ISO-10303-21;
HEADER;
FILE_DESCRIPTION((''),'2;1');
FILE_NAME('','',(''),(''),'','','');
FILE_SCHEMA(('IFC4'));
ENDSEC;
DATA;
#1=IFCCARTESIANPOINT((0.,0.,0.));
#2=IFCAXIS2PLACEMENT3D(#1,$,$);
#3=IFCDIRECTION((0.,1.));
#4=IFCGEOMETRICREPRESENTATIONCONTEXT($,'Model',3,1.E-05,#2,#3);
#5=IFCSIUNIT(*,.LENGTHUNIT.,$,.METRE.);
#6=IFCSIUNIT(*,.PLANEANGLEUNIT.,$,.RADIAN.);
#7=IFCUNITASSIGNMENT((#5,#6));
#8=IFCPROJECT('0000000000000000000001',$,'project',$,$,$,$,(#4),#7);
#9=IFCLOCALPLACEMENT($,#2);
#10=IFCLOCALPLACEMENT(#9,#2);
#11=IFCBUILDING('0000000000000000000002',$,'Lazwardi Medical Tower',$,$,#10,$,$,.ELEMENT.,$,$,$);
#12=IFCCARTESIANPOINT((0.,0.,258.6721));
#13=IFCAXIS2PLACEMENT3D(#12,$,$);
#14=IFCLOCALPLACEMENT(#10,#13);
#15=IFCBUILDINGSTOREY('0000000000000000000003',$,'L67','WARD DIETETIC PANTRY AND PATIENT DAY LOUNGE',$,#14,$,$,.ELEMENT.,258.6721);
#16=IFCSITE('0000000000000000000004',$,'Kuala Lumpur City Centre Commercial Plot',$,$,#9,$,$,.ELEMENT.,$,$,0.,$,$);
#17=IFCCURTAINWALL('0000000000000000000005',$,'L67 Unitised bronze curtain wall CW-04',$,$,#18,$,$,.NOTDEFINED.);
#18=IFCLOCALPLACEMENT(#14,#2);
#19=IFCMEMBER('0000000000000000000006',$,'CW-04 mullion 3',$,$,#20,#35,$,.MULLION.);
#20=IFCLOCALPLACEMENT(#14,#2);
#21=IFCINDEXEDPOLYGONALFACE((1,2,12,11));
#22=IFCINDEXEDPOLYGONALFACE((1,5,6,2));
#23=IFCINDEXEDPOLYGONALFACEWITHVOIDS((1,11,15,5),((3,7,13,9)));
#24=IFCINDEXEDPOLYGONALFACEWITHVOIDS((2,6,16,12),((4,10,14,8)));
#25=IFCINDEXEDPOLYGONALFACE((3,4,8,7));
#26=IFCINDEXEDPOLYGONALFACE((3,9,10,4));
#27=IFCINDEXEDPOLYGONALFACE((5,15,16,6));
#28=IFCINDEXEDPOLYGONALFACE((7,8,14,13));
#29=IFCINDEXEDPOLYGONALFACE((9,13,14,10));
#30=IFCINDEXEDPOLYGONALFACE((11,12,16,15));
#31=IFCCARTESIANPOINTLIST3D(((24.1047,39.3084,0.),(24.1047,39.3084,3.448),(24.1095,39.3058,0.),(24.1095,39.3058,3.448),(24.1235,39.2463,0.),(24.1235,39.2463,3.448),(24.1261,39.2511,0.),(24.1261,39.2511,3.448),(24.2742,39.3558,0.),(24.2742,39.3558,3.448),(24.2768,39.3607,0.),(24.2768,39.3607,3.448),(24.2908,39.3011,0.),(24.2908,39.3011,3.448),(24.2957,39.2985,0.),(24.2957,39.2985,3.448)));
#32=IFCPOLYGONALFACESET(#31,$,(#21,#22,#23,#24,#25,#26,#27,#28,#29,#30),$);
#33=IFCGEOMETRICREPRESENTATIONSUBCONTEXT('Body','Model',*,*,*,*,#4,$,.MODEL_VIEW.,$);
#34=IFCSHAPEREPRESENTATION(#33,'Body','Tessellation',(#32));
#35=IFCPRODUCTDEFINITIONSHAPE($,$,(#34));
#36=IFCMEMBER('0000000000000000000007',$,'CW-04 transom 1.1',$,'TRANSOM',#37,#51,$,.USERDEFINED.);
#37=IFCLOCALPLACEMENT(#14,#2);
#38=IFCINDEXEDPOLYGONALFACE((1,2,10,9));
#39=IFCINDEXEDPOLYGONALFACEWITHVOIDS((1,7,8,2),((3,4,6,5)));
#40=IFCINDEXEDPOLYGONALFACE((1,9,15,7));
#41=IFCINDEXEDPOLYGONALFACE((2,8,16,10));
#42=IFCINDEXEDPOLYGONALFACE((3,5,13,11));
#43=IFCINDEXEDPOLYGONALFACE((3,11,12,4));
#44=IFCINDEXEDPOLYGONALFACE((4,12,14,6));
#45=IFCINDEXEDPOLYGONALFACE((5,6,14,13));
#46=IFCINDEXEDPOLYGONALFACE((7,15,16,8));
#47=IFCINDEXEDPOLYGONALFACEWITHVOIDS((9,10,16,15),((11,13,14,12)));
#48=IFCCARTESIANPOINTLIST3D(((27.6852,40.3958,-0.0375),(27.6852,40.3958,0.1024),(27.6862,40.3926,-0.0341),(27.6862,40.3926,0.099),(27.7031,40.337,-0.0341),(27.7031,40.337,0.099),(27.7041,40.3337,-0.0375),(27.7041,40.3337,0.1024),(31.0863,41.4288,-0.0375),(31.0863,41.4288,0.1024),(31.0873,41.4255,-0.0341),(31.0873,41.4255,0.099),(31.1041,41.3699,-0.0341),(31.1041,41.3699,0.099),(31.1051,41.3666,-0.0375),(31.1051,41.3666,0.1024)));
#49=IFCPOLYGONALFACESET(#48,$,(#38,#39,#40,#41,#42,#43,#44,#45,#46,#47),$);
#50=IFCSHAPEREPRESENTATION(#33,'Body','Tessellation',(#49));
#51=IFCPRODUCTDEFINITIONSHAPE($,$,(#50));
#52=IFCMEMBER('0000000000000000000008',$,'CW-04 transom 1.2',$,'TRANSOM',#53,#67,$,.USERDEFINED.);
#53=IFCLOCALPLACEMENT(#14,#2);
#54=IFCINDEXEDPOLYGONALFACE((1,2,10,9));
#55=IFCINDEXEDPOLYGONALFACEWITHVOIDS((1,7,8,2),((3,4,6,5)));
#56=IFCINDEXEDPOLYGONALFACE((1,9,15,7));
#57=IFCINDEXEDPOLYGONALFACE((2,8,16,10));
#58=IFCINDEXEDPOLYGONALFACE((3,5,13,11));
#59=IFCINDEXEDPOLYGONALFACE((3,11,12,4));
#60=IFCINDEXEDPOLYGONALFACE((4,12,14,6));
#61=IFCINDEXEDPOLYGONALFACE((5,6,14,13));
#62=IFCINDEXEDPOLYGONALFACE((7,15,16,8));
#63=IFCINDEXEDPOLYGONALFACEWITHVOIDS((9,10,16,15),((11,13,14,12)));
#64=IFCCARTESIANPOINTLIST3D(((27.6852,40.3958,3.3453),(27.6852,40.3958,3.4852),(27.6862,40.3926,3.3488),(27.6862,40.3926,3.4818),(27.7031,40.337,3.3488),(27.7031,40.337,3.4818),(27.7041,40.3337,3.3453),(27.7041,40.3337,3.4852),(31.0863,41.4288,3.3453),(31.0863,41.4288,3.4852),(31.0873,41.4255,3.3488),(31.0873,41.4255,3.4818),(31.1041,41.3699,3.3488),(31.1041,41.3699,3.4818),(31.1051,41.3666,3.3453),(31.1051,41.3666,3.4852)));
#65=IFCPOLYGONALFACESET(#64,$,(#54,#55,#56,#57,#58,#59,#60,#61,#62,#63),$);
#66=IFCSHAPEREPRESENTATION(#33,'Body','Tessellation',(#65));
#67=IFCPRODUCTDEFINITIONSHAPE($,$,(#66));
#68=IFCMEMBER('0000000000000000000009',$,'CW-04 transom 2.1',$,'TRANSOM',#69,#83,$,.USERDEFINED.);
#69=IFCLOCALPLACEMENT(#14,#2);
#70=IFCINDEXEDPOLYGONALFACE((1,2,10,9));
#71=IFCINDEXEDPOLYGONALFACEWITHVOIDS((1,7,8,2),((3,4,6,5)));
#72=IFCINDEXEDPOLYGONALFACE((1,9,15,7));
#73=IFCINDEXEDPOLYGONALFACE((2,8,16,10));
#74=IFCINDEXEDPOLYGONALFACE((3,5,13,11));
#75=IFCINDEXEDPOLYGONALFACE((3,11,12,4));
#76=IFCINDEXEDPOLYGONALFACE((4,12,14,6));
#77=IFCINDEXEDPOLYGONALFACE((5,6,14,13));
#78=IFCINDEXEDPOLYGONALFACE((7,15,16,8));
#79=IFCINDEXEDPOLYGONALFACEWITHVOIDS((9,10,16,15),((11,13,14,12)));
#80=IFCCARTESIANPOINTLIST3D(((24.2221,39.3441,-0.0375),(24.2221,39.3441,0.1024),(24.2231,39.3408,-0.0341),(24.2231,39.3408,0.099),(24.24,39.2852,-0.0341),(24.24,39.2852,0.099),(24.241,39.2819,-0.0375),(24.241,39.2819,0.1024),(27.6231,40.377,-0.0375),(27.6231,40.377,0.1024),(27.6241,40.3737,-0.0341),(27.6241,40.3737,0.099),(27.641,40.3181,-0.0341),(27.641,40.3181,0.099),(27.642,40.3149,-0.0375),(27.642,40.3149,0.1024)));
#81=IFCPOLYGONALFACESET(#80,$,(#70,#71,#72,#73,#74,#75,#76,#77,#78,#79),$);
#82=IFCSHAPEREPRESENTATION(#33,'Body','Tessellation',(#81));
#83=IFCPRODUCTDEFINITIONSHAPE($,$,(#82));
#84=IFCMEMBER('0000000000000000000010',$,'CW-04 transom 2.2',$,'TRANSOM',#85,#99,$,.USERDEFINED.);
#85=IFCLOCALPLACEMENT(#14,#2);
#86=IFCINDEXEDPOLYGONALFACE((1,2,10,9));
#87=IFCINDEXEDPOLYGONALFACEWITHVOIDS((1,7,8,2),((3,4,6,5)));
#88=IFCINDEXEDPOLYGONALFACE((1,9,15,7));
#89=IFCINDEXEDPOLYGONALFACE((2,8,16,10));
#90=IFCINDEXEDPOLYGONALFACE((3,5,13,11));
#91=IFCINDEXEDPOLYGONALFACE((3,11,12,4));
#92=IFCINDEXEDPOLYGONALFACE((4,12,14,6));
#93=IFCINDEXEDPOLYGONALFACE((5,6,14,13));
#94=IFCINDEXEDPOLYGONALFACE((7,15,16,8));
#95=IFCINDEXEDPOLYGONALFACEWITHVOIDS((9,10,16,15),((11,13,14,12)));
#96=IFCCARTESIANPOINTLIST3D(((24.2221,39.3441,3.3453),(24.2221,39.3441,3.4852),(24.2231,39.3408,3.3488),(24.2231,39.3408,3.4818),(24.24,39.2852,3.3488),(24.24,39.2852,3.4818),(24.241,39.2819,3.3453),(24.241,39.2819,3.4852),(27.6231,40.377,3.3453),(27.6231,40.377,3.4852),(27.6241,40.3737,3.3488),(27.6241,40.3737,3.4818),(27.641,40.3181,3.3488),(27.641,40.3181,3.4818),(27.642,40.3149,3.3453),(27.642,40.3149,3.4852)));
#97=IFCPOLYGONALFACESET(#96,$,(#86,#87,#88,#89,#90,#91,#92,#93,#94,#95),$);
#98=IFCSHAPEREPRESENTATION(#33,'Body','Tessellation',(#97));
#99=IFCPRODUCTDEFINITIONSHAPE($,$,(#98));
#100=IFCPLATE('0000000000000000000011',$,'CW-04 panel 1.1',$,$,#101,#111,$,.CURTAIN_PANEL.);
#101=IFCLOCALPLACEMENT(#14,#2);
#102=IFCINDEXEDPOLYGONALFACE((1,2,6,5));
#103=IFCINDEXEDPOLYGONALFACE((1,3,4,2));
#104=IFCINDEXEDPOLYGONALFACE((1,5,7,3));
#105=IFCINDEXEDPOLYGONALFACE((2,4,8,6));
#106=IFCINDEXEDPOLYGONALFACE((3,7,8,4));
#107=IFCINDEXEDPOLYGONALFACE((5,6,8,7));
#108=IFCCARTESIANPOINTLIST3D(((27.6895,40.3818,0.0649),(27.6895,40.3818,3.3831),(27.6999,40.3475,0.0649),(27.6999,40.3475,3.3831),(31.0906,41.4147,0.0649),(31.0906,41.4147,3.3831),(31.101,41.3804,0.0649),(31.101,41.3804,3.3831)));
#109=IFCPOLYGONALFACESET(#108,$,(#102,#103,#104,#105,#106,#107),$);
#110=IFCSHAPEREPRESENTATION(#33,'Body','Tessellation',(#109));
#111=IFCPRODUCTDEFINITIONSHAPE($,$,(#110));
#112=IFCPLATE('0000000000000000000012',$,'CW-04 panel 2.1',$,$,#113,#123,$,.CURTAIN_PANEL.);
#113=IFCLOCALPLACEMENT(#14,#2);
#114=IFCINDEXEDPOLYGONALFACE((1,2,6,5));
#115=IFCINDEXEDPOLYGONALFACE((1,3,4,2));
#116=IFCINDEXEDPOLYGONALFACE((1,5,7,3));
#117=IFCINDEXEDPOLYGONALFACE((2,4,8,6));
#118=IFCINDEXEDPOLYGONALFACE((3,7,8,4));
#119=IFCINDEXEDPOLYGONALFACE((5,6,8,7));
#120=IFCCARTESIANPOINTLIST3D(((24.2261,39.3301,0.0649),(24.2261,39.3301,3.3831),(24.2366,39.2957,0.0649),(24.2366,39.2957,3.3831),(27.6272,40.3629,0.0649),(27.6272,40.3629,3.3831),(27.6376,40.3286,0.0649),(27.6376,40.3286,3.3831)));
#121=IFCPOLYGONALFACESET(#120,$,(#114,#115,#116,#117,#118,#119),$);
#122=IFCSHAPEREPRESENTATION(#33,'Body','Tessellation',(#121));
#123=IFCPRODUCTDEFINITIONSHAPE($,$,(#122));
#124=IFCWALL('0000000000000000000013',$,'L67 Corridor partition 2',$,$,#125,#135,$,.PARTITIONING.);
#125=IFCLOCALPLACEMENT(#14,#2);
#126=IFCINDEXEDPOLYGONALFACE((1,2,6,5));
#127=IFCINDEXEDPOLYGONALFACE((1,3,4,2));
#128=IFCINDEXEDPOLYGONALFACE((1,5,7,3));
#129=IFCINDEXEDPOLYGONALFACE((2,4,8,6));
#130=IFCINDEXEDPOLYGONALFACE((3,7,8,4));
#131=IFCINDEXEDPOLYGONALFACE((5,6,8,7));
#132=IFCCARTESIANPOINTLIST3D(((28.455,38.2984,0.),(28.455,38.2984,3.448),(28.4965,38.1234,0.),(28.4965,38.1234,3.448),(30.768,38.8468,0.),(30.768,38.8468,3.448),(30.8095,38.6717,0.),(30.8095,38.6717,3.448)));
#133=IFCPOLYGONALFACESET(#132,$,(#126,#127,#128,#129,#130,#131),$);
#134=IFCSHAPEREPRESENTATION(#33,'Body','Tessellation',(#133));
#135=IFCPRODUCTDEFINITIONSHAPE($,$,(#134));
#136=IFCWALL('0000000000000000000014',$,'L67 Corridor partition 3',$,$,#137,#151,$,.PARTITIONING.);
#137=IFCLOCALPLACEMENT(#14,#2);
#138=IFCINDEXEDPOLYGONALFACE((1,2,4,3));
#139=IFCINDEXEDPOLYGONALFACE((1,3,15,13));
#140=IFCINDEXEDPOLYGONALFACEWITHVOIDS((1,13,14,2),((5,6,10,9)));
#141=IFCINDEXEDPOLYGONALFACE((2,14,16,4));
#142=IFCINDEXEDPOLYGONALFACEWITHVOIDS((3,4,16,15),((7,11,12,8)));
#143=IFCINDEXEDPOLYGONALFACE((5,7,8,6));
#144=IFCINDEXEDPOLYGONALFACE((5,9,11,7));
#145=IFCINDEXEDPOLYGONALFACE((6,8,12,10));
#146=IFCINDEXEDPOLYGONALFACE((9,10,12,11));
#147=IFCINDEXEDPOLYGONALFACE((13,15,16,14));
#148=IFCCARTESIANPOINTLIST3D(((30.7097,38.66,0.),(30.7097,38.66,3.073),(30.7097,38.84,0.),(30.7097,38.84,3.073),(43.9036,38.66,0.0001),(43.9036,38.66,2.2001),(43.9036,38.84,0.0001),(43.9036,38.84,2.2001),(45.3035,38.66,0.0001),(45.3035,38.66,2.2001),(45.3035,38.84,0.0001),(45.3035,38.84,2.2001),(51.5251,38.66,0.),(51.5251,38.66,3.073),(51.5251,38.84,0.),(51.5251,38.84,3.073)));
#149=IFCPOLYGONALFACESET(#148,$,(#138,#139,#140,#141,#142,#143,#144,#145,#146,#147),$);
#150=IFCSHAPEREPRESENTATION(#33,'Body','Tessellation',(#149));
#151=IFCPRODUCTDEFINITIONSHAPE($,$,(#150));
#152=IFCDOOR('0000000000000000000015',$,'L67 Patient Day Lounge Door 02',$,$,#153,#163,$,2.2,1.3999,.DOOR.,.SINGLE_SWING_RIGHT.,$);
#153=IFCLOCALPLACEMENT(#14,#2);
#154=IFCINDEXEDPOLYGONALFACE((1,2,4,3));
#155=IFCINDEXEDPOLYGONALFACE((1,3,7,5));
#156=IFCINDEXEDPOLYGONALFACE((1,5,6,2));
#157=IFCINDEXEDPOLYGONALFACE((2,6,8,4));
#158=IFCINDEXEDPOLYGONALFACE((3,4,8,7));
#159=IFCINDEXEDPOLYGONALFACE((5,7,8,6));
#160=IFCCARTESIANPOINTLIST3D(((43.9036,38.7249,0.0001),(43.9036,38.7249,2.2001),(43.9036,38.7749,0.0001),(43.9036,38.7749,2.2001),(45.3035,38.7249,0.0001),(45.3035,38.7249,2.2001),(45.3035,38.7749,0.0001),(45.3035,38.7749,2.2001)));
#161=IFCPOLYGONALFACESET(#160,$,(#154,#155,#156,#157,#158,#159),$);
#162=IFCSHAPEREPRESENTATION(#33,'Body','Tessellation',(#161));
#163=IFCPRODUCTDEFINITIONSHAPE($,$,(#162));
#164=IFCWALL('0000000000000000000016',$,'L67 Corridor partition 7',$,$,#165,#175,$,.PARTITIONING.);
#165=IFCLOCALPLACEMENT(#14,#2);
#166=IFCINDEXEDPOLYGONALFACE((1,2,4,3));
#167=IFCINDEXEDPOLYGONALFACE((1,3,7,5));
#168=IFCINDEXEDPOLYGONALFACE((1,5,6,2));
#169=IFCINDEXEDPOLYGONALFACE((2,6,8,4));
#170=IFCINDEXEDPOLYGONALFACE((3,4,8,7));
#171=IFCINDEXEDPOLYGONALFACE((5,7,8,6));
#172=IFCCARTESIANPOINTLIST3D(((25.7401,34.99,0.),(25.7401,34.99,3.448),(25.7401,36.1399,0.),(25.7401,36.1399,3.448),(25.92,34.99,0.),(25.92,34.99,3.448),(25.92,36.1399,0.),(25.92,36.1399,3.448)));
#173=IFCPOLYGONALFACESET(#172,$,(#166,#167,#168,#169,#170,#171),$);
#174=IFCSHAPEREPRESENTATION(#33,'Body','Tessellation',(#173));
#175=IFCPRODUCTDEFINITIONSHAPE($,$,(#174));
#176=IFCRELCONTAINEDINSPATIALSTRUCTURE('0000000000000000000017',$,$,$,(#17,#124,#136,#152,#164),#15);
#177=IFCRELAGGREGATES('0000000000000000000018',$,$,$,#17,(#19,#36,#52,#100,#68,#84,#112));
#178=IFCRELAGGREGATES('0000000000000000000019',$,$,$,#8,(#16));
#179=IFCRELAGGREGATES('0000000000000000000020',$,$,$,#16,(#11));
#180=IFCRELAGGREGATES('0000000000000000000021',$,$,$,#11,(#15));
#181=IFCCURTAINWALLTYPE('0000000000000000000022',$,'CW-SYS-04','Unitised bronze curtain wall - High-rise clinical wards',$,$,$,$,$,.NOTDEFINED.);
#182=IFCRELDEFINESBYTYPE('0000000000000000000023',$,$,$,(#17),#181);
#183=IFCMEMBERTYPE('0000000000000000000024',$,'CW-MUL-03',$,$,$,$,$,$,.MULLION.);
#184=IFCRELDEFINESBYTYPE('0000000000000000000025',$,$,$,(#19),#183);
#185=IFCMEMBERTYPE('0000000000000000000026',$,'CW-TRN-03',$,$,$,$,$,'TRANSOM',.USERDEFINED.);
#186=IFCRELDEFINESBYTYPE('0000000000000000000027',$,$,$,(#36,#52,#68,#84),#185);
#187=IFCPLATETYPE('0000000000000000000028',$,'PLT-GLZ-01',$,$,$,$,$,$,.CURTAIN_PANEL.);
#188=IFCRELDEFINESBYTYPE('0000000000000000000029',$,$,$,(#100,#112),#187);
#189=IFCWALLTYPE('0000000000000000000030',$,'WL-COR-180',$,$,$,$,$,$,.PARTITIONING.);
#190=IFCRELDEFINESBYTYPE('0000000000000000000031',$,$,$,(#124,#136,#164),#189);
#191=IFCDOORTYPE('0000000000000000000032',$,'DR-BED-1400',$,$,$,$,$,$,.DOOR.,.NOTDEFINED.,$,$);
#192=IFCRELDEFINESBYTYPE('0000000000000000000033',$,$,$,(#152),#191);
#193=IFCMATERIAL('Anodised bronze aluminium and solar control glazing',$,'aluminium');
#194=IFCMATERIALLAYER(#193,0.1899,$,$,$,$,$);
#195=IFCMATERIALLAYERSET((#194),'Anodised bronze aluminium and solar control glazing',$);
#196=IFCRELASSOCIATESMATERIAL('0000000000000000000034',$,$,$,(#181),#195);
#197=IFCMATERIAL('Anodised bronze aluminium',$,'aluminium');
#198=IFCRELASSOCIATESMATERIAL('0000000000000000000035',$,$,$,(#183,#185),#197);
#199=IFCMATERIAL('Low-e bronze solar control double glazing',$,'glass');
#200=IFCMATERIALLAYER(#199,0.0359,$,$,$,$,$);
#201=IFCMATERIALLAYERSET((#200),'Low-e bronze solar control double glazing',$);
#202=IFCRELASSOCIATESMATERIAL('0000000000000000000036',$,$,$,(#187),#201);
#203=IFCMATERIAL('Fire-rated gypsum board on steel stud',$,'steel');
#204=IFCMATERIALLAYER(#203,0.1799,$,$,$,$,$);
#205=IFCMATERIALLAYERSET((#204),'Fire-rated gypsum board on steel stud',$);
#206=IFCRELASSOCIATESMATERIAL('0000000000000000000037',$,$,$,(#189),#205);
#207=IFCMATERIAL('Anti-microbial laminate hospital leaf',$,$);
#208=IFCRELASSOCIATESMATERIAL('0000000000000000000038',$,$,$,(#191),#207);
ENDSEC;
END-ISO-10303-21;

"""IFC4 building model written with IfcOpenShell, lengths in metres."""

from ifc_helpers import new_model, si_unit, direction, frame, frame_2d, origin, origin_2d, place, context, subcontext, project, spatial, rectangle, hollow_rectangle, extrude, material, layer, layer_set, material_profile, profile_set, type_object, element, fill, aggregate, save


model = new_model("IFC4")

# Units and contexts
model_context = context("Model", 3, precision=1e-05, world=origin(), true_north=direction((0.0, 1.0)))
body_context = subcontext(model_context, "Body", "Model", "MODEL_VIEW")
ifc_project = project(units=[si_unit("LENGTHUNIT", "METRE"), si_unit("PLANEANGLEUNIT", "RADIAN")], contexts=[model_context])

# Site, building, storey
site_placement = place(None, origin())
site = spatial("IfcSite", under=ifc_project, at=site_placement, Name="Kuala Lumpur City Centre Commercial Plot", CompositionType="ELEMENT", RefElevation=0.0)
building_placement = place(site_placement, origin())
building = spatial("IfcBuilding", under=site, at=building_placement, Name="Lazwardi Medical Tower", CompositionType="ELEMENT")
storey_placement = place(building_placement, frame((0.0, 0.0, 258.6721)))
storey = spatial("IfcBuildingStorey", under=building, at=storey_placement, Name="L67", Description="WARD DIETETIC PANTRY AND PATIENT DAY LOUNGE", CompositionType="ELEMENT", Elevation=258.6721)

# Curtain wall, members, plates
ifc_material_1 = material(Name="Anodised bronze aluminium and solar control glazing", Category="aluminium")
ifc_layer_1 = layer(ifc_material_1, 0.1899)
ifc_layer_set_1 = layer_set([ifc_layer_1], Name="Anodised bronze aluminium and solar control glazing")
curtain_wall_type = type_object("IfcCurtainWallType", Name="CW-SYS-04", Description="Unitised bronze curtain wall - High-rise clinical wards", PredefinedType="NOTDEFINED", material=ifc_layer_set_1)
curtain_wall_placement = place(storey_placement, origin())
curtain_wall = element("IfcCurtainWall", 1, at=curtain_wall_placement, inside=storey, type_object=curtain_wall_type, Name="L67 Unitised bronze curtain wall CW-04", PredefinedType="NOTDEFINED")
ifc_material_2 = material(Name="Anodised bronze aluminium", Category="aluminium")
ifc_material_profile_1 = material_profile(ifc_material_2, hollow_rectangle(XDim=0.0649, YDim=0.1799, WallThickness=0.0039, at=origin_2d()), Name="ALU-MULLION 180x65x4")
ifc_profile_set_1 = profile_set([ifc_material_profile_1], Name="Anodised bronze aluminium")
member_type_1 = type_object("IfcMemberType", Name="CW-MUL-03", PredefinedType="MULLION", material=ifc_profile_set_1)
member_1_placement = place(storey_placement, frame((24.2002, 39.3035, 0.0), z_axis=(0.0, 0.0, 1.0), x_axis=(0.290582, -0.95685, 0.0)))
member_1 = element("IfcMember", 2, at=member_1_placement, type_object=member_type_1, Name="CW-04 mullion 3", PredefinedType="MULLION", context=body_context, shape_type="SweptSolid", body=[
    extrude(hollow_rectangle(XDim=0.0649, YDim=0.1799, WallThickness=0.0039, at=origin_2d()), origin(), (0.0, 0.0, 1.0), 3.448),
])
ifc_material_profile_2 = material_profile(ifc_material_2, hollow_rectangle(XDim=0.0649, YDim=0.1399, WallThickness=0.0034, at=origin_2d()), Name="ALU-TRANSOM 140x65x3.5")
ifc_profile_set_2 = profile_set([ifc_material_profile_2], Name="Anodised bronze aluminium")
member_type_2 = type_object("IfcMemberType", Name="CW-TRN-03", ElementType="TRANSOM", PredefinedType="USERDEFINED", material=ifc_profile_set_2)
member_2_placement = place(storey_placement, frame((31.0957, 41.3977, 0.0325), z_axis=(-0.956843, -0.290604, 0.0), x_axis=(0.290604, -0.956843, 0.0)))
member_2 = element("IfcMember", 3, at=member_2_placement, type_object=member_type_2, Name="CW-04 transom 1.1", ObjectType="TRANSOM", PredefinedType="USERDEFINED", context=body_context, shape_type="SweptSolid", body=[
    extrude(hollow_rectangle(XDim=0.0649, YDim=0.1399, WallThickness=0.0034, at=origin_2d()), origin(), (0.0, 0.0, 1.0), 3.5544),
])
member_3_placement = place(storey_placement, frame((31.0957, 41.3977, 3.4153), z_axis=(-0.956843, -0.290604, 0.0), x_axis=(0.290604, -0.956843, 0.0)))
member_3 = element("IfcMember", 4, at=member_3_placement, type_object=member_type_2, Name="CW-04 transom 1.2", ObjectType="TRANSOM", PredefinedType="USERDEFINED", context=body_context, shape_type="SweptSolid", body=[
    extrude(hollow_rectangle(XDim=0.0649, YDim=0.1399, WallThickness=0.0034, at=origin_2d()), origin(), (0.0, 0.0, 1.0), 3.5544),
])
member_4_placement = place(storey_placement, frame((27.6326, 40.3459, 0.0325), z_axis=(-0.956843, -0.290604, 0.0), x_axis=(0.290604, -0.956843, 0.0)))
member_4 = element("IfcMember", 5, at=member_4_placement, type_object=member_type_2, Name="CW-04 transom 2.1", ObjectType="TRANSOM", PredefinedType="USERDEFINED", context=body_context, shape_type="SweptSolid", body=[
    extrude(hollow_rectangle(XDim=0.0649, YDim=0.1399, WallThickness=0.0034, at=origin_2d()), origin(), (0.0, 0.0, 1.0), 3.5544),
])
member_5_placement = place(storey_placement, frame((27.6326, 40.3459, 3.4153), z_axis=(-0.956843, -0.290604, 0.0), x_axis=(0.290604, -0.956843, 0.0)))
member_5 = element("IfcMember", 6, at=member_5_placement, type_object=member_type_2, Name="CW-04 transom 2.2", ObjectType="TRANSOM", PredefinedType="USERDEFINED", context=body_context, shape_type="SweptSolid", body=[
    extrude(hollow_rectangle(XDim=0.0649, YDim=0.1399, WallThickness=0.0034, at=origin_2d()), origin(), (0.0, 0.0, 1.0), 3.5544),
])
ifc_material_3 = material(Name="Low-e bronze solar control double glazing", Category="glass")
ifc_layer_2 = layer(ifc_material_3, 0.0359)
ifc_layer_set_2 = layer_set([ifc_layer_2], Name="Low-e bronze solar control double glazing")
plate_type = type_object("IfcPlateType", Name="PLT-GLZ-01", PredefinedType="CURTAIN_PANEL", material=ifc_layer_set_2)
plate_1_placement = place(storey_placement, frame((29.3953, 40.8811, 0.0649), z_axis=(0.0, 0.0, 1.0), x_axis=(-0.95685, -0.290582, 0.0)))
plate_1 = element("IfcPlate", 7, at=plate_1_placement, type_object=plate_type, Name="CW-04 panel 1.1", PredefinedType="CURTAIN_PANEL", context=body_context, shape_type="SweptSolid", body=[
    extrude(rectangle(XDim=3.5544, YDim=0.0359, at=origin_2d()), origin(), (0.0, 0.0, 1.0), 3.3181),
])
plate_2_placement = place(storey_placement, frame((25.9319, 39.8293, 0.0649), z_axis=(0.0, 0.0, 1.0), x_axis=(-0.95685, -0.290582, 0.0)))
plate_2 = element("IfcPlate", 8, at=plate_2_placement, type_object=plate_type, Name="CW-04 panel 2.1", PredefinedType="CURTAIN_PANEL", context=body_context, shape_type="SweptSolid", body=[
    extrude(rectangle(XDim=3.5544, YDim=0.0359, at=origin_2d()), origin(), (0.0, 0.0, 1.0), 3.3181),
])
aggregate(curtain_wall, [member_1, member_2, member_3, plate_1, member_4, member_5, plate_2])

# Wall
ifc_material_4 = material(Name="Fire-rated gypsum board on steel stud", Category="steel")
ifc_layer_3 = layer(ifc_material_4, 0.1799)
ifc_layer_set_3 = layer_set([ifc_layer_3], Name="Fire-rated gypsum board on steel stud")
wall_type = type_object("IfcWallType", Name="WL-COR-180", PredefinedType="PARTITIONING", material=ifc_layer_set_3)
wall_1_placement = place(storey_placement, frame((28.4758, 38.2109, 0.0), z_axis=(0.0, 0.0, 1.0), x_axis=(0.973031, 0.230676, 0.0)))
element("IfcWall", 9, at=wall_1_placement, inside=storey, type_object=wall_type, Name="L67 Corridor partition 2", PredefinedType="PARTITIONING", context=body_context, shape_type="SweptSolid", body=[
    extrude(rectangle(XDim=2.3772, YDim=0.1799, at=frame_2d((1.1885, 0.0))), origin(), (0.0, 0.0, 1.0), 3.448),
])

# Wall, opening, door
wall_2_placement = place(storey_placement, frame((30.7097, 38.75, 0.0), z_axis=(0.0, 0.0, 1.0), x_axis=(1.0, 0.0, 0.0)))
wall_2 = element("IfcWall", 10, at=wall_2_placement, inside=storey, type_object=wall_type, Name="L67 Corridor partition 3", PredefinedType="PARTITIONING", context=body_context, shape_type="SweptSolid", body=[
    extrude(rectangle(XDim=20.8154, YDim=0.1799, at=frame_2d((10.4077, 0.0))), origin(), (0.0, 0.0, 1.0), 3.073),
])
opening_placement = place(wall_2_placement, frame((13.1938, 0.0, 0.0)))
opening = element("IfcOpeningElement", 11, at=opening_placement, cuts=wall_2, PredefinedType="OPENING", context=body_context, shape_type="SweptSolid", body=[
    extrude(rectangle(XDim=1.3999, YDim=2.2, at=frame_2d((0.7, 1.1001))), frame((0.0, 0.0999, 0.0), z_axis=(0.0, -1.0, 0.0), x_axis=(1.0, 0.0, 0.0)), (0.0, 0.0, 1.0), 0.2),
])
ifc_material_5 = material(Name="Anti-microbial laminate hospital leaf")
door_type = type_object("IfcDoorType", Name="DR-BED-1400", OperationType="NOTDEFINED", PredefinedType="DOOR", material=ifc_material_5)
door_placement = place(opening_placement, origin())
door = element("IfcDoor", 12, at=door_placement, inside=storey, type_object=door_type, Name="L67 Patient Day Lounge Door 02", OperationType="SINGLE_SWING_RIGHT", OverallHeight=2.2, OverallWidth=1.3999, PredefinedType="DOOR", context=body_context, shape_type="SweptSolid", body=[
    extrude(rectangle(XDim=1.3999, YDim=2.2, at=frame_2d((0.7, 1.1001))), frame((0.0, 0.0249, 0.0), z_axis=(0.0, -1.0, 0.0), x_axis=(1.0, 0.0, 0.0)), (0.0, 0.0, 1.0), 0.05),
])
fill(opening, door)

# Wall
wall_3_placement = place(storey_placement, frame((25.8301, 36.1399, 0.0), z_axis=(0.0, 0.0, 1.0), x_axis=(0.0, -1.0, 0.0)))
element("IfcWall", 13, at=wall_3_placement, inside=storey, type_object=wall_type, Name="L67 Corridor partition 7", PredefinedType="PARTITIONING", context=body_context, shape_type="SweptSolid", body=[
    extrude(rectangle(XDim=1.1499, YDim=0.1799, at=frame_2d((0.575, 0.0))), origin(), (0.0, 0.0, 1.0), 3.448),
])

save(model, "model.ifc")
